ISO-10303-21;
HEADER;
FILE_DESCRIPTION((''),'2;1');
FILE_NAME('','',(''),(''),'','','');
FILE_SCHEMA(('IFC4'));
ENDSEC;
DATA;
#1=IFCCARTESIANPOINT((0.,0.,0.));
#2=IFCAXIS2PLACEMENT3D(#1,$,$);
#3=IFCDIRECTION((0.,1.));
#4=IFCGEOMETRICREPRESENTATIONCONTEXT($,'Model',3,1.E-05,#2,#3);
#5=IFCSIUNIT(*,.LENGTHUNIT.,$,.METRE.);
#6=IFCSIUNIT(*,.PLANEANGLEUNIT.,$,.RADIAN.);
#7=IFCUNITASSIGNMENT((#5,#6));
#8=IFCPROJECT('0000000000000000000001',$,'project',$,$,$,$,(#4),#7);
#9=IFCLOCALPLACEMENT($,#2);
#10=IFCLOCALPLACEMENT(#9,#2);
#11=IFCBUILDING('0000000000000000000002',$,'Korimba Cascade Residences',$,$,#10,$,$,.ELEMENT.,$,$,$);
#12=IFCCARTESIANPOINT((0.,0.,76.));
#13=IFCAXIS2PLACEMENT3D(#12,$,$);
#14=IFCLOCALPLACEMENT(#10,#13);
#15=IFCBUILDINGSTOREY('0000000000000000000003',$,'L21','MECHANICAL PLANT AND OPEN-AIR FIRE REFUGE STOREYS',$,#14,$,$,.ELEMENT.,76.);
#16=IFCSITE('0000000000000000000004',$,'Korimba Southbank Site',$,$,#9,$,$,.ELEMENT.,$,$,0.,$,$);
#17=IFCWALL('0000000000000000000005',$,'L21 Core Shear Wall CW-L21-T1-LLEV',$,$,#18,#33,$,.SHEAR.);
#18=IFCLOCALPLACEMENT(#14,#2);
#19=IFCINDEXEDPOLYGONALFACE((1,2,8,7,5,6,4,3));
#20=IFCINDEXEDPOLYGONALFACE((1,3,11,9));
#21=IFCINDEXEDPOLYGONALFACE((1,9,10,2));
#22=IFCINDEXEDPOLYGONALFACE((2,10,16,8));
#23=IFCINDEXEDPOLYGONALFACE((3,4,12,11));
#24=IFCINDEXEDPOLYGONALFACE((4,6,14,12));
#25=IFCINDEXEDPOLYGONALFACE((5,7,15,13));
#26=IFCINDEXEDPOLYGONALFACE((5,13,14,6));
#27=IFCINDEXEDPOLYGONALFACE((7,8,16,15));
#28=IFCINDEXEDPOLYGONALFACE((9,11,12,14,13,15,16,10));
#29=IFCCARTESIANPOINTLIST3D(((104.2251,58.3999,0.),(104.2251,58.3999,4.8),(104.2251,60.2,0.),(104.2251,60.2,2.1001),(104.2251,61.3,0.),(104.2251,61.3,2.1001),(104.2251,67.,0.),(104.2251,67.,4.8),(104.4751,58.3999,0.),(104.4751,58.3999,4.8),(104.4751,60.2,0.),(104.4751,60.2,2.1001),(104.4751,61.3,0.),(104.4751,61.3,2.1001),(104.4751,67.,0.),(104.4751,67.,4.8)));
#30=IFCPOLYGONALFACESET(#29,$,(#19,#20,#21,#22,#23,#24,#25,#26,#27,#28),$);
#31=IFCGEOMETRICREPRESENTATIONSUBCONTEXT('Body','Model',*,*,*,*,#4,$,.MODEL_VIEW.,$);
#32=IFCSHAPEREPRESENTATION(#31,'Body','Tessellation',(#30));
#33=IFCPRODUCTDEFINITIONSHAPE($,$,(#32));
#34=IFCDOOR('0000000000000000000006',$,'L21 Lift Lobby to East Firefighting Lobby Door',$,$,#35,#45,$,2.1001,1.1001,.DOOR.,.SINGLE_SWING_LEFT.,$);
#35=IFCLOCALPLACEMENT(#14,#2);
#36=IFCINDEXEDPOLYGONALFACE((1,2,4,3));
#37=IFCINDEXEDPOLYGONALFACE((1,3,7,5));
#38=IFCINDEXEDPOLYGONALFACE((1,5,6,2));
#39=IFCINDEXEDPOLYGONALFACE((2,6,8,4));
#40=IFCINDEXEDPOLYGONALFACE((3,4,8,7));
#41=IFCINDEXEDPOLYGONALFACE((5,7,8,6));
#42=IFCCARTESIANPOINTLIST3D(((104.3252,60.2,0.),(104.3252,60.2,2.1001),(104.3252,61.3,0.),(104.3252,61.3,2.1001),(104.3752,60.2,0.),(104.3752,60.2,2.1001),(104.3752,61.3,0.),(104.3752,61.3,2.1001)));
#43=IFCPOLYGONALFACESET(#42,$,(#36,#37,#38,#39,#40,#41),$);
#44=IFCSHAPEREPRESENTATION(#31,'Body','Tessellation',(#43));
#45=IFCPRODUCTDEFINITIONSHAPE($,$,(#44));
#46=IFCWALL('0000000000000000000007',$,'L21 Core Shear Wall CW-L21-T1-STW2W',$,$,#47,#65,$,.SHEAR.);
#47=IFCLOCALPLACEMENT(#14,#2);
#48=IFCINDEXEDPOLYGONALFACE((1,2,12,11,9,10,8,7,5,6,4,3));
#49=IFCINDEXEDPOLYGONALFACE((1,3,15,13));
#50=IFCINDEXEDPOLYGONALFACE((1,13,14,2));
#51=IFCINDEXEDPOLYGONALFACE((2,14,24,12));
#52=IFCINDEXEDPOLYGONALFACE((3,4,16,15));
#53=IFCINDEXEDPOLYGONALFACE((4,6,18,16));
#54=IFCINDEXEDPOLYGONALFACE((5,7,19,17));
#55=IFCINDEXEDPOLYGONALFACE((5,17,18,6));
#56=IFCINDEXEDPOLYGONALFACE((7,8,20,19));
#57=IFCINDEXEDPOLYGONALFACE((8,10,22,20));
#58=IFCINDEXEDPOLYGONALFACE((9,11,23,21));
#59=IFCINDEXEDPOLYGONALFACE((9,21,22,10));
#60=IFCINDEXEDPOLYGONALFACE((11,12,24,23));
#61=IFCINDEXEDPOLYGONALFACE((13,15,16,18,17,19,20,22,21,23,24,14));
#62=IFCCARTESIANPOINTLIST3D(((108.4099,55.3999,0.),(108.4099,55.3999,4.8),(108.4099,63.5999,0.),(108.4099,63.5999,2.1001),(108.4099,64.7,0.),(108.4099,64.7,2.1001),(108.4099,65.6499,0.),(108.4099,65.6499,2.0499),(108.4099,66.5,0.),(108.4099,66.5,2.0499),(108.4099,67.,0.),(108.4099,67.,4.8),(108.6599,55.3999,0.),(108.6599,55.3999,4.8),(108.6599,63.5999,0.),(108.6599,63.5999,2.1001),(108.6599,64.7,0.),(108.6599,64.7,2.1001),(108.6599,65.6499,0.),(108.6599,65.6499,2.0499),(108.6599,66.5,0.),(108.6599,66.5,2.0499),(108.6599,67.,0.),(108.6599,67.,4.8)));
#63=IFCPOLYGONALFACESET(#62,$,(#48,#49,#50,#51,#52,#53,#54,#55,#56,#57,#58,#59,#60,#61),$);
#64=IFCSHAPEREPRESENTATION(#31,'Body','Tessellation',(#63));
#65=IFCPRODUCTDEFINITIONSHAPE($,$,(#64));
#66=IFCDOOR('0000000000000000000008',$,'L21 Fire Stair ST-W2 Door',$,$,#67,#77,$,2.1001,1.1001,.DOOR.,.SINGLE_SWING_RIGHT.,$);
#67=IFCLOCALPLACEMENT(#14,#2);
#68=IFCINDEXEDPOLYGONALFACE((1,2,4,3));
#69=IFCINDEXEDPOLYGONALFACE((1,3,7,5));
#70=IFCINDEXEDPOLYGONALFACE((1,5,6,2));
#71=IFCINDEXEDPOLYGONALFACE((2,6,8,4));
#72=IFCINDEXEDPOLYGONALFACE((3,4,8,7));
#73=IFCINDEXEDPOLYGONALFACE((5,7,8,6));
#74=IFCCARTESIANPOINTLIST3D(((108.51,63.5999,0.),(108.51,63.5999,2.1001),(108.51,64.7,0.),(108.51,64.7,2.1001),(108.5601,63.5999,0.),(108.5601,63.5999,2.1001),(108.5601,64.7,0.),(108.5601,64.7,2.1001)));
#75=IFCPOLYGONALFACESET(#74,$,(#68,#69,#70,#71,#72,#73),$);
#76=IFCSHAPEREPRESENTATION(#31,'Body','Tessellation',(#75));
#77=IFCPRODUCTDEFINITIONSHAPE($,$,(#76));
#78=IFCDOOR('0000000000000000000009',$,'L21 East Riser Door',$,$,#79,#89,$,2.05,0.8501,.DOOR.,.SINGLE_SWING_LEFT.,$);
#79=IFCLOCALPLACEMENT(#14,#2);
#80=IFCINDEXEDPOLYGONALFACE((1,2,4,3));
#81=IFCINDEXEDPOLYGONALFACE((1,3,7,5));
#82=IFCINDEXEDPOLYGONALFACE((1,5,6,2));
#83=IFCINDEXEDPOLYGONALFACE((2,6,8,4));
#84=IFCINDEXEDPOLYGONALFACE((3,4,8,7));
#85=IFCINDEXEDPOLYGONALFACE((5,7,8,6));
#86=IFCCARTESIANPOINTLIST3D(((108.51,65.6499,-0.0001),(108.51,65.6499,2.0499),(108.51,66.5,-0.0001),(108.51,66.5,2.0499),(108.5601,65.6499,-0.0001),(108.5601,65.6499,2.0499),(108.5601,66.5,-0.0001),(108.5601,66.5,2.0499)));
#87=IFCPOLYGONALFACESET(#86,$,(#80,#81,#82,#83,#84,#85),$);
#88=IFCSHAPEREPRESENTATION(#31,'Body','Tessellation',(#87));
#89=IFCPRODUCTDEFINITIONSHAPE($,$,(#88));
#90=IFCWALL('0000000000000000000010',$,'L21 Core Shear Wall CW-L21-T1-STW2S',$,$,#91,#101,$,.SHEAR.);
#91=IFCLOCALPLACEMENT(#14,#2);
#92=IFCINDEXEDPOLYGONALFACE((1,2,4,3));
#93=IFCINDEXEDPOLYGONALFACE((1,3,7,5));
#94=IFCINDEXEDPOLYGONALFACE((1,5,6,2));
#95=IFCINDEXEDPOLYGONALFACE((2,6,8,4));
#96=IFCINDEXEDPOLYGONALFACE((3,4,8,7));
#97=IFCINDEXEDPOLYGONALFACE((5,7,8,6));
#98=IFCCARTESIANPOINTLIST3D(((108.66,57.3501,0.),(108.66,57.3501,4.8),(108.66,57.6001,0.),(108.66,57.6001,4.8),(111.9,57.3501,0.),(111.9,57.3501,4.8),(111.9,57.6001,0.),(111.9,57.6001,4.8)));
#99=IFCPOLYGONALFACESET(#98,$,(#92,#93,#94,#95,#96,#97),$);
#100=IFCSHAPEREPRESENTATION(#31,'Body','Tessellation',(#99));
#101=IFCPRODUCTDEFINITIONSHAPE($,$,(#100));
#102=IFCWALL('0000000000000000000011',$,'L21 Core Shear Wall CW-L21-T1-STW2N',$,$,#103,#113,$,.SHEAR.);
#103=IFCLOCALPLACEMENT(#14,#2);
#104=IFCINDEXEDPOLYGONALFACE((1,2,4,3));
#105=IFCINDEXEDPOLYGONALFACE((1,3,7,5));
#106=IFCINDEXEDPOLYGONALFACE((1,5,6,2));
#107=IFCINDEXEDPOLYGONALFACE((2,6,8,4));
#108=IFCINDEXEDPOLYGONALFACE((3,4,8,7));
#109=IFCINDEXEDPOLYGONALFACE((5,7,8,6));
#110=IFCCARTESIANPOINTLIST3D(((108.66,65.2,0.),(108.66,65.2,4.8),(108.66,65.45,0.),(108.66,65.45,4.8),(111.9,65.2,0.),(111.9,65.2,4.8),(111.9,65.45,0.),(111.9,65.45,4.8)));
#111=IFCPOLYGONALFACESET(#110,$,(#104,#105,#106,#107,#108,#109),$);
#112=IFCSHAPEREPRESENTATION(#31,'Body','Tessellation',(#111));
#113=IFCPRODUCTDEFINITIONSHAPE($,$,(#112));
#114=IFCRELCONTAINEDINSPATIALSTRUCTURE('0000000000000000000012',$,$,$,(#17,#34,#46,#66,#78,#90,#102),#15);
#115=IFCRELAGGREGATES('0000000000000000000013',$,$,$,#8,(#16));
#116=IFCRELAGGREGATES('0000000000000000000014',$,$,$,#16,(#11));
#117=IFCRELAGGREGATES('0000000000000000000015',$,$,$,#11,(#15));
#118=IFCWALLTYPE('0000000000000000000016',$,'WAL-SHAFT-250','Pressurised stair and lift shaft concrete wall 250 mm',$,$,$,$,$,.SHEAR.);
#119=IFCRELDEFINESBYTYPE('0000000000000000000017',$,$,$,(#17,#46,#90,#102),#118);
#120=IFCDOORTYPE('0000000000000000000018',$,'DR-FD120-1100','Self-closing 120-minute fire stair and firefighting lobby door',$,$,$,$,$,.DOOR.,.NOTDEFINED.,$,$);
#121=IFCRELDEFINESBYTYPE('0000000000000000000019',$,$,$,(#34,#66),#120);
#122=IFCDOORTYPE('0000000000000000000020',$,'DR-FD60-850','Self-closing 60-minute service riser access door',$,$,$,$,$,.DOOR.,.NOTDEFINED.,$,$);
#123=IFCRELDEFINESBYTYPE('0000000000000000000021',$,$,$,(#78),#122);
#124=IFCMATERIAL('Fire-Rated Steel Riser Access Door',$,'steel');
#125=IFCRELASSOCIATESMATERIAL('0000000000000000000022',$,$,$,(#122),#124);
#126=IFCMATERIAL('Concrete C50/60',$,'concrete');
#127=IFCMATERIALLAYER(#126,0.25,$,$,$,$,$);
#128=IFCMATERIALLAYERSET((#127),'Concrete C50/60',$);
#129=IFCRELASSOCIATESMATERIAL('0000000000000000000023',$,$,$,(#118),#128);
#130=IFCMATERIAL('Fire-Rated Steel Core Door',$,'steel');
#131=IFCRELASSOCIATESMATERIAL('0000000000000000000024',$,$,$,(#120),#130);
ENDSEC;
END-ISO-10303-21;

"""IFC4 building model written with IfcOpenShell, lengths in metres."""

from ifc_helpers import new_model, si_unit, direction, frame, frame_2d, origin, place, context, subcontext, project, spatial, rectangle, extrude, material, layer, layer_set, type_object, element, fill, save


model = new_model("IFC4")

# Units and contexts
model_context = context("Model", 3, precision=1e-05, world=origin(), true_north=direction((0.0, 1.0)))
body_context = subcontext(model_context, "Body", "Model", "MODEL_VIEW")
ifc_project = project(units=[si_unit("LENGTHUNIT", "METRE"), si_unit("PLANEANGLEUNIT", "RADIAN")], contexts=[model_context])

# Site, building, storey
site_placement = place(None, origin())
site = spatial("IfcSite", under=ifc_project, at=site_placement, Name="Korimba Southbank Site", CompositionType="ELEMENT", RefElevation=0.0)
building_placement = place(site_placement, origin())
building = spatial("IfcBuilding", under=site, at=building_placement, Name="Korimba Cascade Residences", CompositionType="ELEMENT")
storey_placement = place(building_placement, frame((0.0, 0.0, 76.0)))
storey = spatial("IfcBuildingStorey", under=building, at=storey_placement, Name="L21", Description="MECHANICAL PLANT AND OPEN-AIR FIRE REFUGE STOREYS", CompositionType="ELEMENT", Elevation=76.0)

# Shared definitions
ifc_material_1 = material(Name="Fire-Rated Steel Riser Access Door", Category="steel")
door_type_1 = type_object("IfcDoorType", Name="DR-FD60-850", Description="Self-closing 60-minute service riser access door", OperationType="NOTDEFINED", PredefinedType="DOOR", material=ifc_material_1)

# Shared definitions
ifc_material_2 = material(Name="Concrete C50/60", Category="concrete")
ifc_layer_1 = layer(ifc_material_2, 0.25)
ifc_layer_set_1 = layer_set([ifc_layer_1], Name="Concrete C50/60")
wall_type_1 = type_object("IfcWallType", Name="WAL-SHAFT-250", Description="Pressurised stair and lift shaft concrete wall 250 mm", PredefinedType="SHEAR", material=ifc_layer_set_1)

# Wall, opening, door
wall_1_placement = place(storey_placement, frame((104.3501, 58.3999, 0.0), z_axis=(0.0, 0.0, 1.0), x_axis=(0.0, 1.0, 0.0)))
wall_1 = element("IfcWall", 1, at=wall_1_placement, inside=storey, type_object=wall_type_1, Name="L21 Core Shear Wall CW-L21-T1-LLEV", PredefinedType="SHEAR", context=body_context, shape_type="SweptSolid", body=[
    extrude(rectangle(XDim=8.6001, YDim=0.25, at=frame_2d((4.3, 0.0))), origin(), (0.0, 0.0, 1.0), 4.8),
])
opening_1_placement = place(wall_1_placement, frame((1.8, 0.0, 0.0)))
opening_1 = element("IfcOpeningElement", 2, at=opening_1_placement, cuts=wall_1, PredefinedType="OPENING", context=body_context, shape_type="SweptSolid", body=[
    extrude(rectangle(XDim=1.1001, YDim=2.1001, at=frame_2d((0.55, 1.05))), frame((0.0, 0.135, 0.0), z_axis=(0.0, -1.0, 0.0), x_axis=(1.0, 0.0, 0.0)), (0.0, 0.0, 1.0), 0.27),
])
ifc_material_3 = material(Name="Fire-Rated Steel Core Door", Category="steel")
door_type_2 = type_object("IfcDoorType", Name="DR-FD120-1100", Description="Self-closing 120-minute fire stair and firefighting lobby door", OperationType="NOTDEFINED", PredefinedType="DOOR", material=ifc_material_3)
door_1_placement = place(opening_1_placement, origin())
door_1 = element("IfcDoor", 3, at=door_1_placement, inside=storey, type_object=door_type_2, Name="L21 Lift Lobby to East Firefighting Lobby Door", OperationType="SINGLE_SWING_LEFT", OverallHeight=2.1001, OverallWidth=1.1001, PredefinedType="DOOR", context=body_context, shape_type="SweptSolid", body=[
    extrude(rectangle(XDim=1.1001, YDim=2.1001, at=frame_2d((0.55, 1.05))), frame((0.0, 0.0249, 0.0), z_axis=(0.0, -1.0, 0.0), x_axis=(1.0, 0.0, 0.0)), (0.0, 0.0, 1.0), 0.05),
])
fill(opening_1, door_1)

# Wall, openings, doors
wall_2_placement = place(storey_placement, frame((108.5349, 55.3999, 0.0), z_axis=(0.0, 0.0, 1.0), x_axis=(0.0, 1.0, 0.0)))
wall_2 = element("IfcWall", 4, at=wall_2_placement, inside=storey, type_object=wall_type_1, Name="L21 Core Shear Wall CW-L21-T1-STW2W", PredefinedType="SHEAR", context=body_context, shape_type="SweptSolid", body=[
    extrude(rectangle(XDim=11.6001, YDim=0.25, at=frame_2d((5.8, 0.0))), origin(), (0.0, 0.0, 1.0), 4.8),
])
opening_2_placement = place(wall_2_placement, frame((8.2, 0.0, 0.0)))
opening_2 = element("IfcOpeningElement", 5, at=opening_2_placement, cuts=wall_2, PredefinedType="OPENING", context=body_context, shape_type="SweptSolid", body=[
    extrude(rectangle(XDim=1.1001, YDim=2.1001, at=frame_2d((0.55, 1.05))), frame((0.0, 0.135, 0.0), z_axis=(0.0, -1.0, 0.0), x_axis=(1.0, 0.0, 0.0)), (0.0, 0.0, 1.0), 0.27),
])
opening_3_placement = place(wall_2_placement, frame((10.25, 0.0, 0.0)))
opening_3 = element("IfcOpeningElement", 6, at=opening_3_placement, cuts=wall_2, PredefinedType="OPENING", context=body_context, shape_type="SweptSolid", body=[
    extrude(rectangle(XDim=0.8501, YDim=2.05, at=frame_2d((0.425, 1.0249))), frame((0.0, 0.135, 0.0), z_axis=(0.0, -1.0, 0.0), x_axis=(1.0, 0.0, 0.0)), (0.0, 0.0, 1.0), 0.27),
])
door_2_placement = place(opening_2_placement, origin())
door_2 = element("IfcDoor", 7, at=door_2_placement, inside=storey, type_object=door_type_2, Name="L21 Fire Stair ST-W2 Door", OperationType="SINGLE_SWING_RIGHT", OverallHeight=2.1001, OverallWidth=1.1001, PredefinedType="DOOR", context=body_context, shape_type="SweptSolid", body=[
    extrude(rectangle(XDim=1.1001, YDim=2.1001, at=frame_2d((0.55, 1.05))), frame((0.0, 0.0249, 0.0), z_axis=(0.0, -1.0, 0.0), x_axis=(1.0, 0.0, 0.0)), (0.0, 0.0, 1.0), 0.05),
])
fill(opening_2, door_2)
door_3_placement = place(opening_3_placement, origin())
door_3 = element("IfcDoor", 8, at=door_3_placement, inside=storey, type_object=door_type_1, Name="L21 East Riser Door", OperationType="SINGLE_SWING_LEFT", OverallHeight=2.05, OverallWidth=0.8501, PredefinedType="DOOR", context=body_context, shape_type="SweptSolid", body=[
    extrude(rectangle(XDim=0.8501, YDim=2.05, at=frame_2d((0.425, 1.0249))), frame((0.0, 0.0249, 0.0), z_axis=(0.0, -1.0, 0.0), x_axis=(1.0, 0.0, 0.0)), (0.0, 0.0, 1.0), 0.05),
])
fill(opening_3, door_3)

# Walls
for number, where, z_axis, x_axis, name in (
    (9, (108.6599, 57.4751, 0.0), (0.0, 0.0, 1.0), (1.0, 0.0, 0.0), "L21 Core Shear Wall CW-L21-T1-STW2S"),
    (10, (108.6599, 65.325, 0.0), (0.0, 0.0, 1.0), (1.0, 0.0, 0.0), "L21 Core Shear Wall CW-L21-T1-STW2N"),
):
    element("IfcWall", number, at=place(storey_placement, frame(where, z_axis=z_axis, x_axis=x_axis)), inside=storey, type_object=wall_type_1, Name=name, PredefinedType="SHEAR", context=body_context, shape_type="SweptSolid", body=[
        extrude(rectangle(XDim=3.24, YDim=0.25, at=frame_2d((1.6201, 0.0))), origin(), (0.0, 0.0, 1.0), 4.8),
    ])

save(model, "model.ifc")
